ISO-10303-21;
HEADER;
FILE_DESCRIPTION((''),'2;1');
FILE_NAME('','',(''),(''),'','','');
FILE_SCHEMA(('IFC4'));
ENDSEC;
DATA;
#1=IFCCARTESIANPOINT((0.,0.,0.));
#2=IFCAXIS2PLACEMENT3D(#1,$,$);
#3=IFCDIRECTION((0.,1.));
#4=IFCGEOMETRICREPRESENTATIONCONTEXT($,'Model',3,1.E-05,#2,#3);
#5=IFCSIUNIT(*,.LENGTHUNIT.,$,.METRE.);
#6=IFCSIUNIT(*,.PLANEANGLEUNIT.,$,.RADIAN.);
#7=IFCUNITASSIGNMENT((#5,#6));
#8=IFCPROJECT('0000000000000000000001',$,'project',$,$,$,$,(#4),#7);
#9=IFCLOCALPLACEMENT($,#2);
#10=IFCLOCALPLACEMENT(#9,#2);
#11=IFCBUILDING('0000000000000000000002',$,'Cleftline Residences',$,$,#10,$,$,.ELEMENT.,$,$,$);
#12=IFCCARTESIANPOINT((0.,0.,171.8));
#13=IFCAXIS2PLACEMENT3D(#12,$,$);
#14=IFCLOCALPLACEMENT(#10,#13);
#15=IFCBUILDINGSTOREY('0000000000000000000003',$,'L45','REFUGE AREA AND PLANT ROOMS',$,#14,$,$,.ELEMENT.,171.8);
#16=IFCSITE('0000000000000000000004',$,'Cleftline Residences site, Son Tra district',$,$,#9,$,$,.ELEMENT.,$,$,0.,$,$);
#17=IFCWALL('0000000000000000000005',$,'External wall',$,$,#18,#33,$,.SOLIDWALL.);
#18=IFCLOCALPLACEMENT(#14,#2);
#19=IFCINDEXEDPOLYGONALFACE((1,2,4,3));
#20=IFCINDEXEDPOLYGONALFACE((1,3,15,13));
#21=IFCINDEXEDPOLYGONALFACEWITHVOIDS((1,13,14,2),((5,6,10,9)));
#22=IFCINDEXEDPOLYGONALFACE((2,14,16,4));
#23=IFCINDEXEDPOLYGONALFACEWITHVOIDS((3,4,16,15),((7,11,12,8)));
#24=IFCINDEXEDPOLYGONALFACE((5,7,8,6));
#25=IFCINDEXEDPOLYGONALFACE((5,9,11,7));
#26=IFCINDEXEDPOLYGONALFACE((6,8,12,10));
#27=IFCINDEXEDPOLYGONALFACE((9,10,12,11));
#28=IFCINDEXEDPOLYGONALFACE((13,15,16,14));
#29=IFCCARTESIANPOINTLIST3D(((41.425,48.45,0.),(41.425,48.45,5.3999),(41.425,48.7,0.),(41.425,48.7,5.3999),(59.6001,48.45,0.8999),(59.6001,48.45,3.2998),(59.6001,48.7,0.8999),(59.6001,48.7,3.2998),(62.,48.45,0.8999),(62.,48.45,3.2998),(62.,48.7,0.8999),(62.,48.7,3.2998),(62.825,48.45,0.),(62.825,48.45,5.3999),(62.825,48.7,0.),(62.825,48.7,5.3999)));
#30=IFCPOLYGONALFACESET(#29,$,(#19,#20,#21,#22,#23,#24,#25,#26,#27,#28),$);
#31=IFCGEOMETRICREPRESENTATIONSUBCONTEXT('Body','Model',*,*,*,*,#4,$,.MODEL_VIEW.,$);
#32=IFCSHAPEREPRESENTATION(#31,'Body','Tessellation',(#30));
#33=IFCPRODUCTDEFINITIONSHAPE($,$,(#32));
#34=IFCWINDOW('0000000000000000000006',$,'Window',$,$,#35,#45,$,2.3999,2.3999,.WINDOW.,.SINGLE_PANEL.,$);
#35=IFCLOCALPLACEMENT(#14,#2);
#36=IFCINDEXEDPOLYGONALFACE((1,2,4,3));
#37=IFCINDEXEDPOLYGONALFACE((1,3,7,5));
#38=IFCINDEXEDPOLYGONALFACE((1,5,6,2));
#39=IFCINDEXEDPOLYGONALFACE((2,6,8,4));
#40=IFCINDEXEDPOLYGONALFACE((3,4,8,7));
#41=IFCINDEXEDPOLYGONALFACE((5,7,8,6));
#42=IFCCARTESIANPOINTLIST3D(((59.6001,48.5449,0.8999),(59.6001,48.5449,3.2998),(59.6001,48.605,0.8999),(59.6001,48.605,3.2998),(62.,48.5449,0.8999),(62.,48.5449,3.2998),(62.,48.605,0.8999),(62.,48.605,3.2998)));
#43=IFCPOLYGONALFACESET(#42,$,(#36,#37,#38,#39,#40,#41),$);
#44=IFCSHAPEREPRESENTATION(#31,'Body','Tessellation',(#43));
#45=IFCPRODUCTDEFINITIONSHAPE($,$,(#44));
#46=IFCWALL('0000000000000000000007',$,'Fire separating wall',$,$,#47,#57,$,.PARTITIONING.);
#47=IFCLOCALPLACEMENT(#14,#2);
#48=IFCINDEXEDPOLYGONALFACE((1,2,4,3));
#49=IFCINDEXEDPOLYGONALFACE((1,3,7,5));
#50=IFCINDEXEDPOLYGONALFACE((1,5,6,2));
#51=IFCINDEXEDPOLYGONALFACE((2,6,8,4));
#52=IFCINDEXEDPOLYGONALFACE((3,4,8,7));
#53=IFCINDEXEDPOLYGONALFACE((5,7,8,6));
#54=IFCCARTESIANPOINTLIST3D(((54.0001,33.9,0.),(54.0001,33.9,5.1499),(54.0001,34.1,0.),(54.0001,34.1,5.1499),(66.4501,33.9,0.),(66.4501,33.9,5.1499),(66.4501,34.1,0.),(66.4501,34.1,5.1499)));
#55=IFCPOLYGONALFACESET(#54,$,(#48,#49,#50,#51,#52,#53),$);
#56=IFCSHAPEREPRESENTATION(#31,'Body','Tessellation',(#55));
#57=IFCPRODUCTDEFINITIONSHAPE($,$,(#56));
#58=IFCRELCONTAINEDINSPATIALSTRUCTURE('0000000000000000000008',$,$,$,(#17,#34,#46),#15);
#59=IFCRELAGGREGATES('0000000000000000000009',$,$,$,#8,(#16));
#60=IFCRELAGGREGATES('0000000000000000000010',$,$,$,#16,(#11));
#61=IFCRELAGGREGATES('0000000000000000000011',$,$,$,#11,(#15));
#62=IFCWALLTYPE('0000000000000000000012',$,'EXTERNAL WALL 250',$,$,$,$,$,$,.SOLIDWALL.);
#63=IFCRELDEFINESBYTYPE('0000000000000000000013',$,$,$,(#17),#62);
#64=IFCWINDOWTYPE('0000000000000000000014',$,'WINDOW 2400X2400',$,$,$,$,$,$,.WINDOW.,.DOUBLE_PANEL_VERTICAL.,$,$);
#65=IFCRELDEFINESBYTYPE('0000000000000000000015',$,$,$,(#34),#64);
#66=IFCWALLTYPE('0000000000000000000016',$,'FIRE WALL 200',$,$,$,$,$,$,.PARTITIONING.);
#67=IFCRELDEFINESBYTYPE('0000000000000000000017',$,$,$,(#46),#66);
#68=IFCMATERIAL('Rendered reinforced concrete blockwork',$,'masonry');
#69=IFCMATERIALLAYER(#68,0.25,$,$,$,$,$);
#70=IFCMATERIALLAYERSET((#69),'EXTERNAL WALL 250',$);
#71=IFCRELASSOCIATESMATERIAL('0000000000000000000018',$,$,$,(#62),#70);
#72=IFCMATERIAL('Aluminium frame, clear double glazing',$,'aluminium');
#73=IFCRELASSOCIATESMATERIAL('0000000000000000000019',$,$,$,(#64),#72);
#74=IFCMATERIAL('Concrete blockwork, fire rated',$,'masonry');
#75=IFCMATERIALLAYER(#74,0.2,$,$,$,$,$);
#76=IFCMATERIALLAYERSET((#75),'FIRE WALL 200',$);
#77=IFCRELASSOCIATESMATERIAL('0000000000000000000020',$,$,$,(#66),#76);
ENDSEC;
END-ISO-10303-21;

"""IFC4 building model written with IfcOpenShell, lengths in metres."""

from ifc_helpers import new_model, si_unit, direction, frame, frame_2d, origin, place, context, subcontext, project, spatial, rectangle, extrude, material, layer, layer_set, type_object, element, fill, save


model = new_model("IFC4")

# Units and contexts
model_context = context("Model", 3, precision=1e-05, world=origin(), true_north=direction((0.0, 1.0)))
body_context = subcontext(model_context, "Body", "Model", "MODEL_VIEW")
ifc_project = project(units=[si_unit("LENGTHUNIT", "METRE"), si_unit("PLANEANGLEUNIT", "RADIAN")], contexts=[model_context])

# Site, building, storey
site_placement = place(None, origin())
site = spatial("IfcSite", under=ifc_project, at=site_placement, Name="Cleftline Residences site, Son Tra district", CompositionType="ELEMENT", RefElevation=0.0)
building_placement = place(site_placement, origin())
building = spatial("IfcBuilding", under=site, at=building_placement, Name="Cleftline Residences", CompositionType="ELEMENT")
storey_placement = place(building_placement, frame((0.0, 0.0, 171.8)))
storey = spatial("IfcBuildingStorey", under=building, at=storey_placement, Name="L45", Description="REFUGE AREA AND PLANT ROOMS", CompositionType="ELEMENT", Elevation=171.8)

# Wall, opening, window
ifc_material_1 = material(Name="Rendered reinforced concrete blockwork", Category="masonry")
ifc_layer_1 = layer(ifc_material_1, 0.25)
ifc_layer_set_1 = layer_set([ifc_layer_1], Name="EXTERNAL WALL 250")
wall_type_1 = type_object("IfcWallType", Name="EXTERNAL WALL 250", PredefinedType="SOLIDWALL", material=ifc_layer_set_1)
ifc_material_2 = material(Name="Aluminium frame, clear double glazing", Category="aluminium")
window_type = type_object("IfcWindowType", Name="WINDOW 2400X2400", PartitioningType="DOUBLE_PANEL_VERTICAL", PredefinedType="WINDOW", material=ifc_material_2)
wall_1_placement = place(storey_placement, frame((62.825, 48.575, 0.0), z_axis=(0.0, 0.0, 1.0), x_axis=(-1.0, 0.0, 0.0)))
wall_1 = element("IfcWall", 1, at=wall_1_placement, inside=storey, type_object=wall_type_1, Name="External wall", PredefinedType="SOLIDWALL", context=body_context, shape_type="SweptSolid", body=[
    extrude(rectangle(XDim=21.3999, YDim=0.25, at=frame_2d((10.7, 0.0))), origin(), (0.0, 0.0, 1.0), 5.3999),
])
opening_1_placement = place(wall_1_placement, frame((0.825, 0.0, 0.8999)))
opening_1 = element("IfcOpeningElement", 2, at=opening_1_placement, cuts=wall_1, PredefinedType="OPENING", context=body_context, shape_type="SweptSolid", body=[
    extrude(rectangle(XDim=2.3999, YDim=2.3999, at=frame_2d((1.2, 1.2))), frame((0.0, 0.135, 0.0), z_axis=(0.0, -1.0, 0.0), x_axis=(1.0, 0.0, 0.0)), (0.0, 0.0, 1.0), 0.27),
])
window_1_placement = place(opening_1_placement, origin())
window_1 = element("IfcWindow", 3, at=window_1_placement, inside=storey, type_object=window_type, Name="Window", OverallHeight=2.3999, OverallWidth=2.3999, PartitioningType="SINGLE_PANEL", PredefinedType="WINDOW", context=body_context, shape_type="SweptSolid", body=[
    extrude(rectangle(XDim=2.3999, YDim=2.3999, at=frame_2d((1.2, 1.2))), frame((0.0, 0.03, 0.0), z_axis=(0.0, -1.0, 0.0), x_axis=(1.0, 0.0, 0.0)), (0.0, 0.0, 1.0), 0.0601),
])
fill(opening_1, window_1)

# Wall
ifc_material_3 = material(Name="Concrete blockwork, fire rated", Category="masonry")
ifc_layer_2 = layer(ifc_material_3, 0.2)
ifc_layer_set_2 = layer_set([ifc_layer_2], Name="FIRE WALL 200")
wall_type_2 = type_object("IfcWallType", Name="FIRE WALL 200", PredefinedType="PARTITIONING", material=ifc_layer_set_2)
wall_2_placement = place(storey_placement, frame((54.0, 34.0, 0.0), z_axis=(0.0, 0.0, 1.0), x_axis=(1.0, 0.0, 0.0)))
element("IfcWall", 4, at=wall_2_placement, inside=storey, type_object=wall_type_2, Name="Fire separating wall", PredefinedType="PARTITIONING", context=body_context, shape_type="SweptSolid", body=[
    extrude(rectangle(XDim=12.45, YDim=0.2, at=frame_2d((6.2251, 0.0))), origin(), (0.0, 0.0, 1.0), 5.1499),
])

save(model, "model.ifc")
